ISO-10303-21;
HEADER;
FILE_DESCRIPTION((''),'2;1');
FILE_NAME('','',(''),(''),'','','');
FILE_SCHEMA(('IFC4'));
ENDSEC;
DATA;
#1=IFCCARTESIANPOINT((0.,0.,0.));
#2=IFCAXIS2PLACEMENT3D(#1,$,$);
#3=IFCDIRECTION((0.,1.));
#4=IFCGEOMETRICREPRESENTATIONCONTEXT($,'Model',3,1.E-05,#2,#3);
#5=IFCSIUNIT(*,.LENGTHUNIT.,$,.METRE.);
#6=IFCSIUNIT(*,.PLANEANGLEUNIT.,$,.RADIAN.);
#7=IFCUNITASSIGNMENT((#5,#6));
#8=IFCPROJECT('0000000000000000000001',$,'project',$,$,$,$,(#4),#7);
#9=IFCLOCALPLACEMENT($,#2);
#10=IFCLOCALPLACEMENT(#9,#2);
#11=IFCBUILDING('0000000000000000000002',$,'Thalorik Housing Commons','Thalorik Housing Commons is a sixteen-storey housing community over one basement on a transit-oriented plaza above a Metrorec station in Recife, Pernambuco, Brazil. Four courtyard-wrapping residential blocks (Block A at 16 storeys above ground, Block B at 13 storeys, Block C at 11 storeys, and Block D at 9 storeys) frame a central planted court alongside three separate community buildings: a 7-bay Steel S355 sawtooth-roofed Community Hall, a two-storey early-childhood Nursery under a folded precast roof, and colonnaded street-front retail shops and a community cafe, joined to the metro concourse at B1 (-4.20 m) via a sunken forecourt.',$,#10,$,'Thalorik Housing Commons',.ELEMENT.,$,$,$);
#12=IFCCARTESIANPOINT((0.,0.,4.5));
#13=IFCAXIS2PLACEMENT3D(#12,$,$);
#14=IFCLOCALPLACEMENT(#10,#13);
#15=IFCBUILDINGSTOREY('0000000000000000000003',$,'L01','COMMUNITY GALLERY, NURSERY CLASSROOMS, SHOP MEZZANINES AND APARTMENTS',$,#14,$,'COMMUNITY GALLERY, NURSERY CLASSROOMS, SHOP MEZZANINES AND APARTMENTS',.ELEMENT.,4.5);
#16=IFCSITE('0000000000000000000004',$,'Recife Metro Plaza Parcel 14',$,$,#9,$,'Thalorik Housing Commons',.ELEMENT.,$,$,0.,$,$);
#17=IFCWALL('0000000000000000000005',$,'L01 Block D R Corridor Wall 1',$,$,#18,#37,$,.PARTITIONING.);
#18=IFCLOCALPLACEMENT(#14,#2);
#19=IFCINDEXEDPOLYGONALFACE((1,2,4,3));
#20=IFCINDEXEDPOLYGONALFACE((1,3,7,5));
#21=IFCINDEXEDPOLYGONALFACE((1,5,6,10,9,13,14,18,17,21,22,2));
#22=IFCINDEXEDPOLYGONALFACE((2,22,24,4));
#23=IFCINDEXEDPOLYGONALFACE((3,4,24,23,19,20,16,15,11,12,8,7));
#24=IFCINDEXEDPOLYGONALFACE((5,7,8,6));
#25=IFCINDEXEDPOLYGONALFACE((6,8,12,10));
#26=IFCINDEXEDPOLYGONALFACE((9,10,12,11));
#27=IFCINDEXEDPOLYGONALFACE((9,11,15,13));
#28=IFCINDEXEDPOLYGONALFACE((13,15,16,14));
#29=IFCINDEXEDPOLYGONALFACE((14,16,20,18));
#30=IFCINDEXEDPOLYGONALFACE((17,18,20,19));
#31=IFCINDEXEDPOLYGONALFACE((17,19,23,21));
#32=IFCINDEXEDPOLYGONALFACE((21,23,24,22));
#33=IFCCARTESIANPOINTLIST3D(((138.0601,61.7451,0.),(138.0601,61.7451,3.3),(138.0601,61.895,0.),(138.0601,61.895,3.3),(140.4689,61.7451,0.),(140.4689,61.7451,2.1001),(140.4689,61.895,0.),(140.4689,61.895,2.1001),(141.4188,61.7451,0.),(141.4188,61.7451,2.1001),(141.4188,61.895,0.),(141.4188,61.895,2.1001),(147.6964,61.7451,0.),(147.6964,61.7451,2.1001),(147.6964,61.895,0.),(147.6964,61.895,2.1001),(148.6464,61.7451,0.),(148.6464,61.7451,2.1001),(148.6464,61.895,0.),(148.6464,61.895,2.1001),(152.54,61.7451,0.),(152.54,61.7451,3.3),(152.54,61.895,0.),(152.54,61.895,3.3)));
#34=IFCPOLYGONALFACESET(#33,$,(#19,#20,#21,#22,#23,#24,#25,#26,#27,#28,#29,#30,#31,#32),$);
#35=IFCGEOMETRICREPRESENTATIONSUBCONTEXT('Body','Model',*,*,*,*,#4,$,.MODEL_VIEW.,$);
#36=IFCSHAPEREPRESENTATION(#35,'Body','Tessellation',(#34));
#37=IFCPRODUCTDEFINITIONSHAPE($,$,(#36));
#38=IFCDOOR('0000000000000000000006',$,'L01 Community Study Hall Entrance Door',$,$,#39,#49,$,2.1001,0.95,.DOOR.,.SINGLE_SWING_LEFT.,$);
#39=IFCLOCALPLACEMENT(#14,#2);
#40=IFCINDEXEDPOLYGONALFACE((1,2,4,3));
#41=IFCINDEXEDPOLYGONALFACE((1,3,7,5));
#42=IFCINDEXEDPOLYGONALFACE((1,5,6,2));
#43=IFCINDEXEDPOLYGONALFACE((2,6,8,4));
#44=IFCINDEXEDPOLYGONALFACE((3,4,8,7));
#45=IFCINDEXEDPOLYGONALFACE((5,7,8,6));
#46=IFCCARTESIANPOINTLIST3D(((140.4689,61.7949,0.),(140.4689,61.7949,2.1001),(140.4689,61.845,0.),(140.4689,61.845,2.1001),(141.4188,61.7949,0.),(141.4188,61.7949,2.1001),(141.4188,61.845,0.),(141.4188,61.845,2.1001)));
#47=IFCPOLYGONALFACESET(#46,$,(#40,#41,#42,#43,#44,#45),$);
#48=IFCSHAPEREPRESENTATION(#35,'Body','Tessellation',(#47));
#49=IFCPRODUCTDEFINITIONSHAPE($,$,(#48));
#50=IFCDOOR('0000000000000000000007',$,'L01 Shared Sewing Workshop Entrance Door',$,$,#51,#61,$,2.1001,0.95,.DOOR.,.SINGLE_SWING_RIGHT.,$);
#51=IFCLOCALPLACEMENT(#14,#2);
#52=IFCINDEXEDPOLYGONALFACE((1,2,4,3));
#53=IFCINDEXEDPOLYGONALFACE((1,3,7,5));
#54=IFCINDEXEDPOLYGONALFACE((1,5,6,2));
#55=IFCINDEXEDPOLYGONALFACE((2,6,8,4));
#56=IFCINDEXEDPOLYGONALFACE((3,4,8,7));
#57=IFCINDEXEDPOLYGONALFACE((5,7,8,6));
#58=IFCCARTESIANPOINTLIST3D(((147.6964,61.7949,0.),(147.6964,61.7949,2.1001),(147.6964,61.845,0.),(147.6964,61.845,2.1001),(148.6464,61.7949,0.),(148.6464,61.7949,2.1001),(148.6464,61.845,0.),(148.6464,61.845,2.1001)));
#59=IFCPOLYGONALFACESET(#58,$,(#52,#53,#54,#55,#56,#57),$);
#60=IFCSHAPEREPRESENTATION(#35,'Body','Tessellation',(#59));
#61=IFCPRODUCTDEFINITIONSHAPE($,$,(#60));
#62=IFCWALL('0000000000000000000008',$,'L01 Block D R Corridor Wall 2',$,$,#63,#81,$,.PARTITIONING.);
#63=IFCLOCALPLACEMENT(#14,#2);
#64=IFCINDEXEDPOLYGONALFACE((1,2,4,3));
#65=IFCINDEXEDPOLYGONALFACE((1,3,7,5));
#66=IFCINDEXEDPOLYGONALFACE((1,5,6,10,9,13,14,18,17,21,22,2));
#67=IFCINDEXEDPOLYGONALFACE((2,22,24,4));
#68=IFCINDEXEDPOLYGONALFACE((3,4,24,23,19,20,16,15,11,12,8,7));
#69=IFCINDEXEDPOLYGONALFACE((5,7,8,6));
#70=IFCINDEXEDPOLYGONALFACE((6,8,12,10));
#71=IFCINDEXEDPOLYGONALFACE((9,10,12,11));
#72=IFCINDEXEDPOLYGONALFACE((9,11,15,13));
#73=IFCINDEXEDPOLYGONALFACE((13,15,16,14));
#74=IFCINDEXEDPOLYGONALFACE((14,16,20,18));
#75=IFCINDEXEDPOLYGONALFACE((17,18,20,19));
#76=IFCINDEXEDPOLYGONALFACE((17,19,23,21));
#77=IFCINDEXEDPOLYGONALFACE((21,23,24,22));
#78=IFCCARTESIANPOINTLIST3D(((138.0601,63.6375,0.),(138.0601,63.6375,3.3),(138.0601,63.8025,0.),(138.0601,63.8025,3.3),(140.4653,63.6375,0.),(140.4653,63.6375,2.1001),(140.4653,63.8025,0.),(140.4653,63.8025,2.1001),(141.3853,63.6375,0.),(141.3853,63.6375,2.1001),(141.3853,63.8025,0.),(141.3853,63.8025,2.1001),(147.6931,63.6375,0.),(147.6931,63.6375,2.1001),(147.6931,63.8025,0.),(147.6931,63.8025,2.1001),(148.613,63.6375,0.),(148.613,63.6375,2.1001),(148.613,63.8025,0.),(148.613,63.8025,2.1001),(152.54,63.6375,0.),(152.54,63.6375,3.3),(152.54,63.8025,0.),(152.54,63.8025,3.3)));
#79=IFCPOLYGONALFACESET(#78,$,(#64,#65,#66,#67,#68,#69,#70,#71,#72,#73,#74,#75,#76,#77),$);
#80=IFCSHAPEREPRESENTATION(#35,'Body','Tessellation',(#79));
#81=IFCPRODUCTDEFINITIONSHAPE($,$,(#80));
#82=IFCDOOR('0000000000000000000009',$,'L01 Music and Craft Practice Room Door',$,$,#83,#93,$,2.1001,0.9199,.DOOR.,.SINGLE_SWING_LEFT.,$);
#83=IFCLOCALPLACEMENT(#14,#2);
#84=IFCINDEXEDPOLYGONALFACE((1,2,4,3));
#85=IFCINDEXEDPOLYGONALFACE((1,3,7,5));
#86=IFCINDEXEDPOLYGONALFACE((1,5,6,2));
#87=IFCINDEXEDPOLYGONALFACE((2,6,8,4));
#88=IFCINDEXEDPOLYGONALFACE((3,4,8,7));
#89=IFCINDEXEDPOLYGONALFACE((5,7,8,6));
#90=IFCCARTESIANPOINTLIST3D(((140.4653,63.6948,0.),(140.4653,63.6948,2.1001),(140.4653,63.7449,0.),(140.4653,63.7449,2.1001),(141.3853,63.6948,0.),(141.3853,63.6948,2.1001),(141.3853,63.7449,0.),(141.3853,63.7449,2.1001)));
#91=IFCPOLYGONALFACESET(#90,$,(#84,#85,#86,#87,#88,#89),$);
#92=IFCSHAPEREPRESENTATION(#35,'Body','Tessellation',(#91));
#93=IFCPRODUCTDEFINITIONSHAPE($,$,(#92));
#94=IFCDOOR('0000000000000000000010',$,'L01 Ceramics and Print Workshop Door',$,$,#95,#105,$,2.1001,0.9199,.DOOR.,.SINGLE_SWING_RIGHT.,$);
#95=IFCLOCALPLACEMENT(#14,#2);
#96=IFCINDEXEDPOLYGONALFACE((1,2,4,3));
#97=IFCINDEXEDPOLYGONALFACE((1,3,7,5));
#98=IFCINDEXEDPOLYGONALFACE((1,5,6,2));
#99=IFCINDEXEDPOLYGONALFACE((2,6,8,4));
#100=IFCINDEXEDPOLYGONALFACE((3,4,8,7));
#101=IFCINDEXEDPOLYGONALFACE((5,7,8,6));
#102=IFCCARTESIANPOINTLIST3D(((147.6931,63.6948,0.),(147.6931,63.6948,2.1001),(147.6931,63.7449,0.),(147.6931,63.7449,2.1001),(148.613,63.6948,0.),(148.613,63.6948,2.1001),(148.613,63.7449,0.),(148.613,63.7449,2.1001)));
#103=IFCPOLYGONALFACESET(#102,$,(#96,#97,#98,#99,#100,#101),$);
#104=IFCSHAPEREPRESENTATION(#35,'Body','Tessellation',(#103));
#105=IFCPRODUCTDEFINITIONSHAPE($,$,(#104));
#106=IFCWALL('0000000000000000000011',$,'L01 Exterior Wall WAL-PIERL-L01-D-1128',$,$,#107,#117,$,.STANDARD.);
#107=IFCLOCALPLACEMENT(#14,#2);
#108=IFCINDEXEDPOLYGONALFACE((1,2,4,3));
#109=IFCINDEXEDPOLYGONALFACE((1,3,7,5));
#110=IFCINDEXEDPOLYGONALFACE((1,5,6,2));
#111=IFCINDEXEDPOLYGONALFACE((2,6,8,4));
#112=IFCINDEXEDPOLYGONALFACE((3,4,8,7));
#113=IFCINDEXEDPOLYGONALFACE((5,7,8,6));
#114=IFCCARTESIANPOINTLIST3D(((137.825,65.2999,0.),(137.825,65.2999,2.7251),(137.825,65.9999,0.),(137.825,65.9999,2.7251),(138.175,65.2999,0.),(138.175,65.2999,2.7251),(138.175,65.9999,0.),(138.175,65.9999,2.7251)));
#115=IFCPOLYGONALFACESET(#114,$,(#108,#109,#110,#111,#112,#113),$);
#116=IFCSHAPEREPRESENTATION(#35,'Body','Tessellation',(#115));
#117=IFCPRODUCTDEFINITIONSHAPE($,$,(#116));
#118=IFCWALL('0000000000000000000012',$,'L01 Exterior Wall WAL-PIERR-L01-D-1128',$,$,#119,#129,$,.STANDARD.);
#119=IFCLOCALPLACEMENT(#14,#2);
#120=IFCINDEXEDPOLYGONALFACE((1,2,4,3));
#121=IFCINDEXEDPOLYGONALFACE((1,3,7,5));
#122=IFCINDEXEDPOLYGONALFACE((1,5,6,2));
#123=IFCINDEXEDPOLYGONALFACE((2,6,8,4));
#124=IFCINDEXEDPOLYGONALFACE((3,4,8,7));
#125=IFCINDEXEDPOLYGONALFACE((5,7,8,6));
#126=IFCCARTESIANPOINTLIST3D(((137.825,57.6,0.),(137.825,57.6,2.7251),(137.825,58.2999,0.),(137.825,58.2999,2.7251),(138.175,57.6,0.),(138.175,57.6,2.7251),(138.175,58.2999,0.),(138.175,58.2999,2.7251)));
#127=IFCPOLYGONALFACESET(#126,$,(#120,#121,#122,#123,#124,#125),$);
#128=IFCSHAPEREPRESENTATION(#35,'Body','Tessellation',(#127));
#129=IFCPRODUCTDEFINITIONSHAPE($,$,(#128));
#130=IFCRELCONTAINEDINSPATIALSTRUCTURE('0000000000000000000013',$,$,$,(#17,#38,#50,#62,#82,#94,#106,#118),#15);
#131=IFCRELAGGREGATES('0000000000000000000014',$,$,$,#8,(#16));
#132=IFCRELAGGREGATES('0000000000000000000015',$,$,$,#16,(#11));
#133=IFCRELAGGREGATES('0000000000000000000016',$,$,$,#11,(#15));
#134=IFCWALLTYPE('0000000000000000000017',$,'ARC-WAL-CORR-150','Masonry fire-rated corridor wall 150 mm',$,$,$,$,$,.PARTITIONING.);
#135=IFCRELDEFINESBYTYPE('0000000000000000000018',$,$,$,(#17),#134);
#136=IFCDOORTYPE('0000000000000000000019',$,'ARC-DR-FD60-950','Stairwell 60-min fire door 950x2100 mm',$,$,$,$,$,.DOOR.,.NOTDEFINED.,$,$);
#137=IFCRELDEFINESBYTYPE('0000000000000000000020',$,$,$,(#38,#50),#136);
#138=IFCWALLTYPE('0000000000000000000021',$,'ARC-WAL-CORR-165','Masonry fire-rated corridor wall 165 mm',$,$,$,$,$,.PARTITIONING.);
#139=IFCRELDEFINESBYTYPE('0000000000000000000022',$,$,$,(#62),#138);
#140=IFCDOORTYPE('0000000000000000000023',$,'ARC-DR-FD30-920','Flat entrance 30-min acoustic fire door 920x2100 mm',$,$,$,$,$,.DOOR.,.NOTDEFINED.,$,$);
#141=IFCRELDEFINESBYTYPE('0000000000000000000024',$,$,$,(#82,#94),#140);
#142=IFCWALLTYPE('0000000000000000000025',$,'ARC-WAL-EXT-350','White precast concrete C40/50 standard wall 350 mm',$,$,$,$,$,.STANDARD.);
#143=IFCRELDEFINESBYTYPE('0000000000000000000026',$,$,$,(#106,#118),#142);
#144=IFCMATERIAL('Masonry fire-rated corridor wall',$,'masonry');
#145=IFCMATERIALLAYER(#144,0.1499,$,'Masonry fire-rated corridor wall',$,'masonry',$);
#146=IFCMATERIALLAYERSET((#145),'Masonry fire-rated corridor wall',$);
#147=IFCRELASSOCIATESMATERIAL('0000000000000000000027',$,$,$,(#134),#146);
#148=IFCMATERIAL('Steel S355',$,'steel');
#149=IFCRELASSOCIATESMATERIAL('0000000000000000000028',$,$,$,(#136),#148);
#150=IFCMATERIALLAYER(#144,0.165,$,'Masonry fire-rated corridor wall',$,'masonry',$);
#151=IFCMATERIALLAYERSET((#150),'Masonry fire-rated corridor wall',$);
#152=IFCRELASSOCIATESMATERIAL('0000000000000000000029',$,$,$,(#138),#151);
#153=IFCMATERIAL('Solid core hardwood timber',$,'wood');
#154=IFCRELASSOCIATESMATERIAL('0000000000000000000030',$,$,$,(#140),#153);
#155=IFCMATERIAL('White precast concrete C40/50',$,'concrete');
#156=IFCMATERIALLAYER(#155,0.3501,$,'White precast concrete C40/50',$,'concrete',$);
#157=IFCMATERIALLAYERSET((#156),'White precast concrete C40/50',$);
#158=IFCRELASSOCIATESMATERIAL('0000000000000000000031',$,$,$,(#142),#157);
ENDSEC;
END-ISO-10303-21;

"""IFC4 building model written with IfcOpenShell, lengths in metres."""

from ifc_helpers import new_model, si_unit, direction, frame, frame_2d, origin, place, context, subcontext, project, spatial, rectangle, extrude, material, layer, layer_set, type_object, element, fill, save


model = new_model("IFC4")

# Units and contexts
model_context = context("Model", 3, precision=1e-05, world=origin(), true_north=direction((0.0, 1.0)))
body_context = subcontext(model_context, "Body", "Model", "MODEL_VIEW")
ifc_project = project(units=[si_unit("LENGTHUNIT", "METRE"), si_unit("PLANEANGLEUNIT", "RADIAN")], contexts=[model_context])

# Site, building, storey
site_placement = place(None, origin())
site = spatial("IfcSite", under=ifc_project, at=site_placement, Name="Recife Metro Plaza Parcel 14", LongName="Thalorik Housing Commons", CompositionType="ELEMENT", RefElevation=0.0)
building_placement = place(site_placement, origin())
building = spatial("IfcBuilding", under=site, at=building_placement, Name="Thalorik Housing Commons", Description="Thalorik Housing Commons is a sixteen-storey housing community over one basement on a transit-oriented plaza above a Metrorec station in Recife, Pernambuco, Brazil. Four courtyard-wrapping residential blocks (Block A at 16 storeys above ground, Block B at 13 storeys, Block C at 11 storeys, and Block D at 9 storeys) frame a central planted court alongside three separate community buildings: a 7-bay Steel S355 sawtooth-roofed Community Hall, a two-storey early-childhood Nursery under a folded precast roof, and colonnaded street-front retail shops and a community cafe, joined to the metro concourse at B1 (-4.20 m) via a sunken forecourt.", LongName="Thalorik Housing Commons", CompositionType="ELEMENT")
storey_placement = place(building_placement, frame((0.0, 0.0, 4.5)))
storey = spatial("IfcBuildingStorey", under=building, at=storey_placement, Name="L01", Description="COMMUNITY GALLERY, NURSERY CLASSROOMS, SHOP MEZZANINES AND APARTMENTS", LongName="COMMUNITY GALLERY, NURSERY CLASSROOMS, SHOP MEZZANINES AND APARTMENTS", CompositionType="ELEMENT", Elevation=4.5)

# Walls, openings, doors
ifc_material_1 = material(Name="Masonry fire-rated corridor wall", Category="masonry")
ifc_layer_1 = layer(ifc_material_1, 0.1499, Name="Masonry fire-rated corridor wall", Category="masonry")
ifc_layer_set_1 = layer_set([ifc_layer_1], Name="Masonry fire-rated corridor wall")
wall_type_1 = type_object("IfcWallType", Name="ARC-WAL-CORR-150", Description="Masonry fire-rated corridor wall 150 mm", PredefinedType="PARTITIONING", material=ifc_layer_set_1)
wall_1_placement = place(storey_placement, frame((138.0601, 61.8201, 0.0), z_axis=(0.0, 0.0, 1.0), x_axis=(1.0, 0.0, 0.0)))
wall_1 = element("IfcWall", 1, at=wall_1_placement, inside=storey, type_object=wall_type_1, Name="L01 Block D R Corridor Wall 1", PredefinedType="PARTITIONING", context=body_context, shape_type="SweptSolid", body=[
    extrude(rectangle(XDim=14.48, YDim=0.1499, at=frame_2d((7.24, 0.0))), origin(), (0.0, 0.0, 1.0), 3.3),
])
opening_1_placement = place(wall_1_placement, frame((2.4087, 0.0, 0.0)))
opening_1 = element("IfcOpeningElement", 2, at=opening_1_placement, cuts=wall_1, PredefinedType="OPENING", context=body_context, shape_type="SweptSolid", body=[
    extrude(rectangle(XDim=0.95, YDim=2.1001, at=frame_2d((0.4751, 1.05))), frame((0.0, 0.085, 0.0), z_axis=(0.0, -1.0, 0.0), x_axis=(1.0, 0.0, 0.0)), (0.0, 0.0, 1.0), 0.1699),
])
opening_2_placement = place(wall_1_placement, frame((9.6362, 0.0, 0.0)))
opening_2 = element("IfcOpeningElement", 3, at=opening_2_placement, cuts=wall_1, PredefinedType="OPENING", context=body_context, shape_type="SweptSolid", body=[
    extrude(rectangle(XDim=0.95, YDim=2.1001, at=frame_2d((0.4751, 1.05))), frame((0.0, 0.085, 0.0), z_axis=(0.0, -1.0, 0.0), x_axis=(1.0, 0.0, 0.0)), (0.0, 0.0, 1.0), 0.1699),
])
ifc_material_2 = material(Name="Steel S355", Category="steel")
door_type_1 = type_object("IfcDoorType", Name="ARC-DR-FD60-950", Description="Stairwell 60-min fire door 950x2100 mm", OperationType="NOTDEFINED", PredefinedType="DOOR", material=ifc_material_2)
door_1_placement = place(opening_1_placement, origin())
door_1 = element("IfcDoor", 4, at=door_1_placement, inside=storey, type_object=door_type_1, Name="L01 Community Study Hall Entrance Door", OperationType="SINGLE_SWING_LEFT", OverallHeight=2.1001, OverallWidth=0.95, PredefinedType="DOOR", context=body_context, shape_type="SweptSolid", body=[
    extrude(rectangle(XDim=0.95, YDim=2.1001, at=frame_2d((0.4751, 1.05))), frame((0.0, 0.0249, 0.0), z_axis=(0.0, -1.0, 0.0), x_axis=(1.0, 0.0, 0.0)), (0.0, 0.0, 1.0), 0.05),
])
fill(opening_1, door_1)
door_2_placement = place(opening_2_placement, origin())
door_2 = element("IfcDoor", 5, at=door_2_placement, inside=storey, type_object=door_type_1, Name="L01 Shared Sewing Workshop Entrance Door", OperationType="SINGLE_SWING_RIGHT", OverallHeight=2.1001, OverallWidth=0.95, PredefinedType="DOOR", context=body_context, shape_type="SweptSolid", body=[
    extrude(rectangle(XDim=0.95, YDim=2.1001, at=frame_2d((0.4751, 1.05))), frame((0.0, 0.0249, 0.0), z_axis=(0.0, -1.0, 0.0), x_axis=(1.0, 0.0, 0.0)), (0.0, 0.0, 1.0), 0.05),
])
fill(opening_2, door_2)
ifc_layer_2 = layer(ifc_material_1, 0.165, Name="Masonry fire-rated corridor wall", Category="masonry")
ifc_layer_set_2 = layer_set([ifc_layer_2], Name="Masonry fire-rated corridor wall")
wall_type_2 = type_object("IfcWallType", Name="ARC-WAL-CORR-165", Description="Masonry fire-rated corridor wall 165 mm", PredefinedType="PARTITIONING", material=ifc_layer_set_2)
wall_2_placement = place(storey_placement, frame((138.0601, 63.72, 0.0), z_axis=(0.0, 0.0, 1.0), x_axis=(1.0, 0.0, 0.0)))
wall_2 = element("IfcWall", 6, at=wall_2_placement, inside=storey, type_object=wall_type_2, Name="L01 Block D R Corridor Wall 2", PredefinedType="PARTITIONING", context=body_context, shape_type="SweptSolid", body=[
    extrude(rectangle(XDim=14.48, YDim=0.165, at=frame_2d((7.24, 0.0))), origin(), (0.0, 0.0, 1.0), 3.3),
])
opening_3_placement = place(wall_2_placement, frame((2.4053, 0.0, 0.0)))
opening_3 = element("IfcOpeningElement", 7, at=opening_3_placement, cuts=wall_2, PredefinedType="OPENING", context=body_context, shape_type="SweptSolid", body=[
    extrude(rectangle(XDim=0.9199, YDim=2.1001, at=frame_2d((0.46, 1.05))), frame((0.0, 0.0925, 0.0), z_axis=(0.0, -1.0, 0.0), x_axis=(1.0, 0.0, 0.0)), (0.0, 0.0, 1.0), 0.1851),
])
opening_4_placement = place(wall_2_placement, frame((9.6331, 0.0, 0.0)))
opening_4 = element("IfcOpeningElement", 8, at=opening_4_placement, cuts=wall_2, PredefinedType="OPENING", context=body_context, shape_type="SweptSolid", body=[
    extrude(rectangle(XDim=0.9199, YDim=2.1001, at=frame_2d((0.46, 1.05))), frame((0.0, 0.0925, 0.0), z_axis=(0.0, -1.0, 0.0), x_axis=(1.0, 0.0, 0.0)), (0.0, 0.0, 1.0), 0.1851),
])
ifc_material_3 = material(Name="Solid core hardwood timber", Category="wood")
door_type_2 = type_object("IfcDoorType", Name="ARC-DR-FD30-920", Description="Flat entrance 30-min acoustic fire door 920x2100 mm", OperationType="NOTDEFINED", PredefinedType="DOOR", material=ifc_material_3)
door_3_placement = place(opening_3_placement, origin())
door_3 = element("IfcDoor", 9, at=door_3_placement, inside=storey, type_object=door_type_2, Name="L01 Music and Craft Practice Room Door", OperationType="SINGLE_SWING_LEFT", OverallHeight=2.1001, OverallWidth=0.9199, PredefinedType="DOOR", context=body_context, shape_type="SweptSolid", body=[
    extrude(rectangle(XDim=0.9199, YDim=2.1001, at=frame_2d((0.46, 1.05))), frame((0.0, 0.0249, 0.0), z_axis=(0.0, -1.0, 0.0), x_axis=(1.0, 0.0, 0.0)), (0.0, 0.0, 1.0), 0.05),
])
fill(opening_3, door_3)
door_4_placement = place(opening_4_placement, origin())
door_4 = element("IfcDoor", 10, at=door_4_placement, inside=storey, type_object=door_type_2, Name="L01 Ceramics and Print Workshop Door", OperationType="SINGLE_SWING_RIGHT", OverallHeight=2.1001, OverallWidth=0.9199, PredefinedType="DOOR", context=body_context, shape_type="SweptSolid", body=[
    extrude(rectangle(XDim=0.9199, YDim=2.1001, at=frame_2d((0.46, 1.05))), frame((0.0, 0.0249, 0.0), z_axis=(0.0, -1.0, 0.0), x_axis=(1.0, 0.0, 0.0)), (0.0, 0.0, 1.0), 0.05),
])
fill(opening_4, door_4)

# Walls
ifc_material_4 = material(Name="White precast concrete C40/50", Category="concrete")
ifc_layer_3 = layer(ifc_material_4, 0.3501, Name="White precast concrete C40/50", Category="concrete")
ifc_layer_set_3 = layer_set([ifc_layer_3], Name="White precast concrete C40/50")
wall_type_3 = type_object("IfcWallType", Name="ARC-WAL-EXT-350", Description="White precast concrete C40/50 standard wall 350 mm", PredefinedType="STANDARD", material=ifc_layer_set_3)
for number, where, z_axis, x_axis, name in (
    (11, (138.0, 66.0, 0.0), (0.0, 0.0, 1.0), (0.0, -1.0, 0.0), "L01 Exterior Wall WAL-PIERL-L01-D-1128"),
    (12, (138.0, 58.3, 0.0), (0.0, 0.0, 1.0), (0.0, -1.0, 0.0), "L01 Exterior Wall WAL-PIERR-L01-D-1128"),
):
    element("IfcWall", number, at=place(storey_placement, frame(where, z_axis=z_axis, x_axis=x_axis)), inside=storey, type_object=wall_type_3, Name=name, PredefinedType="STANDARD", context=body_context, shape_type="SweptSolid", body=[
        extrude(rectangle(XDim=0.7, YDim=0.3501, at=frame_2d((0.3501, 0.0))), origin(), (0.0, 0.0, 1.0), 2.7251),
    ])

save(model, "model.ifc")
